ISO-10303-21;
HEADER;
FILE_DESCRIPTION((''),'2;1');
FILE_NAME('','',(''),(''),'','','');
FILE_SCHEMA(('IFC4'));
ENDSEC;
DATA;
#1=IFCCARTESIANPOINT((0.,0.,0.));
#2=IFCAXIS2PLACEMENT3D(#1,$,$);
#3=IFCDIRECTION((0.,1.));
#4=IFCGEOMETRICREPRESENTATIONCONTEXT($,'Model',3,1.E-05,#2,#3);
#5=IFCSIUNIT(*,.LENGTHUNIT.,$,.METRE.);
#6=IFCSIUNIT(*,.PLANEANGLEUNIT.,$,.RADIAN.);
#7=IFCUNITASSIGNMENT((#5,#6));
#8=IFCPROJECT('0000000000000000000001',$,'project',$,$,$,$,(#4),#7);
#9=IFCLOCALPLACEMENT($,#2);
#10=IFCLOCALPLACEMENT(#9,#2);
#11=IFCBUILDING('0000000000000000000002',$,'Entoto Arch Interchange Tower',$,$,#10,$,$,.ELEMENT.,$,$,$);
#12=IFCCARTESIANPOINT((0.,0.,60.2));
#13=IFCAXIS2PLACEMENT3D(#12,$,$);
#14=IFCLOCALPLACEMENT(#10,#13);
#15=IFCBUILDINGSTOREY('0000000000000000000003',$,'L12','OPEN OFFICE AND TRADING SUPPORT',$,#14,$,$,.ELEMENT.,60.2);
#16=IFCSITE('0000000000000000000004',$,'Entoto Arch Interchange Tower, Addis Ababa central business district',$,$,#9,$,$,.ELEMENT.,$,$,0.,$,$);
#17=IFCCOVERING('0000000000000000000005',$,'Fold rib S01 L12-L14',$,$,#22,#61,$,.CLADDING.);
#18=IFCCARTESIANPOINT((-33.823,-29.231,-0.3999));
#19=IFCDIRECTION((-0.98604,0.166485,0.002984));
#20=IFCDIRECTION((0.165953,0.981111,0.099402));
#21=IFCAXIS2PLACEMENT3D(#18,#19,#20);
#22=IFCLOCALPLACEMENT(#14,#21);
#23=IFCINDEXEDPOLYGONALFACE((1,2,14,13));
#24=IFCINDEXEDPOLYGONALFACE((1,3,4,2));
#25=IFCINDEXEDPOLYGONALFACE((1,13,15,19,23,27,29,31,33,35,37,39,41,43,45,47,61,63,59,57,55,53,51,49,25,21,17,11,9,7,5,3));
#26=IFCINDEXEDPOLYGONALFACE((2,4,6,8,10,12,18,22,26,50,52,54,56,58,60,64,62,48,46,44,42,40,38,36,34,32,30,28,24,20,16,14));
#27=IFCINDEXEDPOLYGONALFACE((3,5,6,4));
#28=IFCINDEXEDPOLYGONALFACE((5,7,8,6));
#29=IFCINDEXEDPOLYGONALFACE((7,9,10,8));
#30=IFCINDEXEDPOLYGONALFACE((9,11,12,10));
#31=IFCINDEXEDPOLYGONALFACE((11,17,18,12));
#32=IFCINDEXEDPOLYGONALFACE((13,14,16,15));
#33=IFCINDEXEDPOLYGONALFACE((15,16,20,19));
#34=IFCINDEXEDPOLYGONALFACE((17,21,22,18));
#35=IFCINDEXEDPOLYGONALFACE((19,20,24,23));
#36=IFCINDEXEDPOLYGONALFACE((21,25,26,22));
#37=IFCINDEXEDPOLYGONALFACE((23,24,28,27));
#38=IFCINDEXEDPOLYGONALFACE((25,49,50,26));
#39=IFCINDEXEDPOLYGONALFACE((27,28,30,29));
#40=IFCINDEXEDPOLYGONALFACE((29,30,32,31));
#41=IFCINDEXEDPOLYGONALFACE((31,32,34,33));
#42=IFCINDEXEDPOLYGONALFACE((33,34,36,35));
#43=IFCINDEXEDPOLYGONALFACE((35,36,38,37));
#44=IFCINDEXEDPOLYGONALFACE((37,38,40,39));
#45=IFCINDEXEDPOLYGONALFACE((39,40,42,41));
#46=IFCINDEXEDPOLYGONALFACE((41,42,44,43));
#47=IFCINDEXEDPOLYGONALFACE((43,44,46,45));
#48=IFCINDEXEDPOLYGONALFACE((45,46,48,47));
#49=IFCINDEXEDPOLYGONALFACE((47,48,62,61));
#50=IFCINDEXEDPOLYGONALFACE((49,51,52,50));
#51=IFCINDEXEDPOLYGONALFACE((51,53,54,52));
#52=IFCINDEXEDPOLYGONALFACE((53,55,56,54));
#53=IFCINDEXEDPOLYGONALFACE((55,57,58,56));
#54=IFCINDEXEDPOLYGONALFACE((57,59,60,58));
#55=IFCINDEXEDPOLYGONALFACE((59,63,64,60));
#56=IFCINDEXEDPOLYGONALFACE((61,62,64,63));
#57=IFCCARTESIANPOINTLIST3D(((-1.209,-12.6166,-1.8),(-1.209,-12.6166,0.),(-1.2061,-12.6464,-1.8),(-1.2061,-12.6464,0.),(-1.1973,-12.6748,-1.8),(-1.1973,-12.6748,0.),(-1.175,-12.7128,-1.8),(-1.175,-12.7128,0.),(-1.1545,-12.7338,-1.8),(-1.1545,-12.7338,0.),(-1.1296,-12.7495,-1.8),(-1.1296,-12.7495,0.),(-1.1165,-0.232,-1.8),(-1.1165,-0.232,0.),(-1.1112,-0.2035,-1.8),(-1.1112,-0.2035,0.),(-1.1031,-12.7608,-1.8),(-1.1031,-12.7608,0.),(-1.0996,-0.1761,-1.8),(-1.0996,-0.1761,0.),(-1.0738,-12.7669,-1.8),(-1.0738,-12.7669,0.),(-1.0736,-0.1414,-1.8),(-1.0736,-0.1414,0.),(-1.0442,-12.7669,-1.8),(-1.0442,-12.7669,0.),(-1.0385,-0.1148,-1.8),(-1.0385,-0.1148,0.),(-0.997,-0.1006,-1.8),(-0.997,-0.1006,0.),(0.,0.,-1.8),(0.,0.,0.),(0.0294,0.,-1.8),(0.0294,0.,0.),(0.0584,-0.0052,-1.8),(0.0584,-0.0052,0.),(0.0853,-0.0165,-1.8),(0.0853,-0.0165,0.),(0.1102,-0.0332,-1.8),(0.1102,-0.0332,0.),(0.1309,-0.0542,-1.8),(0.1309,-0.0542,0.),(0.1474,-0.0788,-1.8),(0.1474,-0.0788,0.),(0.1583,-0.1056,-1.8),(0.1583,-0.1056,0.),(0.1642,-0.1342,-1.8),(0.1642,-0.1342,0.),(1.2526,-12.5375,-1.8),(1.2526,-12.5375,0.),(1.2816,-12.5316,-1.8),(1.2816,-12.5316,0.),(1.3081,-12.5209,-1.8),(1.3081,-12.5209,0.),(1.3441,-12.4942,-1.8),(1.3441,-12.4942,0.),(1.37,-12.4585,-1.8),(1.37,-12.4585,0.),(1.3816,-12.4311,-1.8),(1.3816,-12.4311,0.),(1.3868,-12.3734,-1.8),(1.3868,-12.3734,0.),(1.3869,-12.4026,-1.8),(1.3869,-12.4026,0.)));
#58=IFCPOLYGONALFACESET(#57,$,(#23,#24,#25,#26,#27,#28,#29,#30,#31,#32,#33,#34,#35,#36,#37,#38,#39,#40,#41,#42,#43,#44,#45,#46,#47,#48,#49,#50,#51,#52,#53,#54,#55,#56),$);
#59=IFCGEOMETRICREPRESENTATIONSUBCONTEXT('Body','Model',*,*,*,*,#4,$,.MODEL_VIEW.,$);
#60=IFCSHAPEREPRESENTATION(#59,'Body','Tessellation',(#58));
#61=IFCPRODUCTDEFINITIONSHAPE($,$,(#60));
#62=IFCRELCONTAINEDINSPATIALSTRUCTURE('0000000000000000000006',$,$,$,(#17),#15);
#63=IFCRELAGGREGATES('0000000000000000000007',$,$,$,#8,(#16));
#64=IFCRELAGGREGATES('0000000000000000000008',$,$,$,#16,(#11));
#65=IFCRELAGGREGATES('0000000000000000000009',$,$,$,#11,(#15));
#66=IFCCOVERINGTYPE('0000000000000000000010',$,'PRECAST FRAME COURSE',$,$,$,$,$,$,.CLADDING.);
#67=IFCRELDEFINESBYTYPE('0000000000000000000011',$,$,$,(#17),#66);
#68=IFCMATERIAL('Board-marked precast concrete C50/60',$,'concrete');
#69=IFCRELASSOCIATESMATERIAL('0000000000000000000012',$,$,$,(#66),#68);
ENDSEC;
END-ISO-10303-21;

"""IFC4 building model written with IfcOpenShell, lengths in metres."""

from ifc_helpers import new_model, si_unit, direction, frame, origin, place, context, subcontext, project, spatial, polyline, outline, extrude, material, type_object, element, save


model = new_model("IFC4")

# Units and contexts
model_context = context("Model", 3, precision=1e-05, world=origin(), true_north=direction((0.0, 1.0)))
body_context = subcontext(model_context, "Body", "Model", "MODEL_VIEW")
ifc_project = project(units=[si_unit("LENGTHUNIT", "METRE"), si_unit("PLANEANGLEUNIT", "RADIAN")], contexts=[model_context])

# Site, building, storey
site_placement = place(None, origin())
site = spatial("IfcSite", under=ifc_project, at=site_placement, Name="Entoto Arch Interchange Tower, Addis Ababa central business district", CompositionType="ELEMENT", RefElevation=0.0)
building_placement = place(site_placement, origin())
building = spatial("IfcBuilding", under=site, at=building_placement, Name="Entoto Arch Interchange Tower", CompositionType="ELEMENT")
storey_placement = place(building_placement, frame((0.0, 0.0, 60.2)))
storey = spatial("IfcBuildingStorey", under=building, at=storey_placement, Name="L12", Description="OPEN OFFICE AND TRADING SUPPORT", CompositionType="ELEMENT", Elevation=60.2)

# Covering
ifc_material_1 = material(Name="Board-marked precast concrete C50/60", Category="concrete")
covering_type = type_object("IfcCoveringType", Name="PRECAST FRAME COURSE", PredefinedType="CLADDING", material=ifc_material_1)
covering_1_placement = place(storey_placement, frame((-33.823, -29.231, -0.3999), z_axis=(-0.98604, 0.166485, 0.002984), x_axis=(0.165953, 0.981111, 0.099402)))
element("IfcCovering", 1, at=covering_1_placement, inside=storey, type_object=covering_type, Name="Fold rib S01 L12-L14", PredefinedType="CLADDING", context=body_context, shape_type="SweptSolid", body=[
    extrude(outline(polyline([(0.0, 0.0), (0.0294, 0.0), (0.0584, -0.0052), (0.0853, -0.0165), (0.1102, -0.0332), (0.1309, -0.0542), (0.1474, -0.0788), (0.1583, -0.1056), (0.1642, -0.1342), (1.3868, -12.3734), (1.3869, -12.4026), (1.3816, -12.4311), (1.37, -12.4585), (1.3441, -12.4942), (1.3081, -12.5209), (1.2816, -12.5316), (1.2526, -12.5375), (-1.0442, -12.7669), (-1.0738, -12.7669), (-1.1031, -12.7608), (-1.1296, -12.7495), (-1.1545, -12.7338), (-1.175, -12.7128), (-1.1973, -12.6748), (-1.2061, -12.6464), (-1.209, -12.6166), (-1.1165, -0.232), (-1.1112, -0.2035), (-1.0996, -0.1761), (-1.0736, -0.1414), (-1.0385, -0.1148), (-0.997, -0.1006), (0.0, 0.0)])), origin(), (0.0, 0.0, -1.0), 1.8),
])

save(model, "model.ifc")
